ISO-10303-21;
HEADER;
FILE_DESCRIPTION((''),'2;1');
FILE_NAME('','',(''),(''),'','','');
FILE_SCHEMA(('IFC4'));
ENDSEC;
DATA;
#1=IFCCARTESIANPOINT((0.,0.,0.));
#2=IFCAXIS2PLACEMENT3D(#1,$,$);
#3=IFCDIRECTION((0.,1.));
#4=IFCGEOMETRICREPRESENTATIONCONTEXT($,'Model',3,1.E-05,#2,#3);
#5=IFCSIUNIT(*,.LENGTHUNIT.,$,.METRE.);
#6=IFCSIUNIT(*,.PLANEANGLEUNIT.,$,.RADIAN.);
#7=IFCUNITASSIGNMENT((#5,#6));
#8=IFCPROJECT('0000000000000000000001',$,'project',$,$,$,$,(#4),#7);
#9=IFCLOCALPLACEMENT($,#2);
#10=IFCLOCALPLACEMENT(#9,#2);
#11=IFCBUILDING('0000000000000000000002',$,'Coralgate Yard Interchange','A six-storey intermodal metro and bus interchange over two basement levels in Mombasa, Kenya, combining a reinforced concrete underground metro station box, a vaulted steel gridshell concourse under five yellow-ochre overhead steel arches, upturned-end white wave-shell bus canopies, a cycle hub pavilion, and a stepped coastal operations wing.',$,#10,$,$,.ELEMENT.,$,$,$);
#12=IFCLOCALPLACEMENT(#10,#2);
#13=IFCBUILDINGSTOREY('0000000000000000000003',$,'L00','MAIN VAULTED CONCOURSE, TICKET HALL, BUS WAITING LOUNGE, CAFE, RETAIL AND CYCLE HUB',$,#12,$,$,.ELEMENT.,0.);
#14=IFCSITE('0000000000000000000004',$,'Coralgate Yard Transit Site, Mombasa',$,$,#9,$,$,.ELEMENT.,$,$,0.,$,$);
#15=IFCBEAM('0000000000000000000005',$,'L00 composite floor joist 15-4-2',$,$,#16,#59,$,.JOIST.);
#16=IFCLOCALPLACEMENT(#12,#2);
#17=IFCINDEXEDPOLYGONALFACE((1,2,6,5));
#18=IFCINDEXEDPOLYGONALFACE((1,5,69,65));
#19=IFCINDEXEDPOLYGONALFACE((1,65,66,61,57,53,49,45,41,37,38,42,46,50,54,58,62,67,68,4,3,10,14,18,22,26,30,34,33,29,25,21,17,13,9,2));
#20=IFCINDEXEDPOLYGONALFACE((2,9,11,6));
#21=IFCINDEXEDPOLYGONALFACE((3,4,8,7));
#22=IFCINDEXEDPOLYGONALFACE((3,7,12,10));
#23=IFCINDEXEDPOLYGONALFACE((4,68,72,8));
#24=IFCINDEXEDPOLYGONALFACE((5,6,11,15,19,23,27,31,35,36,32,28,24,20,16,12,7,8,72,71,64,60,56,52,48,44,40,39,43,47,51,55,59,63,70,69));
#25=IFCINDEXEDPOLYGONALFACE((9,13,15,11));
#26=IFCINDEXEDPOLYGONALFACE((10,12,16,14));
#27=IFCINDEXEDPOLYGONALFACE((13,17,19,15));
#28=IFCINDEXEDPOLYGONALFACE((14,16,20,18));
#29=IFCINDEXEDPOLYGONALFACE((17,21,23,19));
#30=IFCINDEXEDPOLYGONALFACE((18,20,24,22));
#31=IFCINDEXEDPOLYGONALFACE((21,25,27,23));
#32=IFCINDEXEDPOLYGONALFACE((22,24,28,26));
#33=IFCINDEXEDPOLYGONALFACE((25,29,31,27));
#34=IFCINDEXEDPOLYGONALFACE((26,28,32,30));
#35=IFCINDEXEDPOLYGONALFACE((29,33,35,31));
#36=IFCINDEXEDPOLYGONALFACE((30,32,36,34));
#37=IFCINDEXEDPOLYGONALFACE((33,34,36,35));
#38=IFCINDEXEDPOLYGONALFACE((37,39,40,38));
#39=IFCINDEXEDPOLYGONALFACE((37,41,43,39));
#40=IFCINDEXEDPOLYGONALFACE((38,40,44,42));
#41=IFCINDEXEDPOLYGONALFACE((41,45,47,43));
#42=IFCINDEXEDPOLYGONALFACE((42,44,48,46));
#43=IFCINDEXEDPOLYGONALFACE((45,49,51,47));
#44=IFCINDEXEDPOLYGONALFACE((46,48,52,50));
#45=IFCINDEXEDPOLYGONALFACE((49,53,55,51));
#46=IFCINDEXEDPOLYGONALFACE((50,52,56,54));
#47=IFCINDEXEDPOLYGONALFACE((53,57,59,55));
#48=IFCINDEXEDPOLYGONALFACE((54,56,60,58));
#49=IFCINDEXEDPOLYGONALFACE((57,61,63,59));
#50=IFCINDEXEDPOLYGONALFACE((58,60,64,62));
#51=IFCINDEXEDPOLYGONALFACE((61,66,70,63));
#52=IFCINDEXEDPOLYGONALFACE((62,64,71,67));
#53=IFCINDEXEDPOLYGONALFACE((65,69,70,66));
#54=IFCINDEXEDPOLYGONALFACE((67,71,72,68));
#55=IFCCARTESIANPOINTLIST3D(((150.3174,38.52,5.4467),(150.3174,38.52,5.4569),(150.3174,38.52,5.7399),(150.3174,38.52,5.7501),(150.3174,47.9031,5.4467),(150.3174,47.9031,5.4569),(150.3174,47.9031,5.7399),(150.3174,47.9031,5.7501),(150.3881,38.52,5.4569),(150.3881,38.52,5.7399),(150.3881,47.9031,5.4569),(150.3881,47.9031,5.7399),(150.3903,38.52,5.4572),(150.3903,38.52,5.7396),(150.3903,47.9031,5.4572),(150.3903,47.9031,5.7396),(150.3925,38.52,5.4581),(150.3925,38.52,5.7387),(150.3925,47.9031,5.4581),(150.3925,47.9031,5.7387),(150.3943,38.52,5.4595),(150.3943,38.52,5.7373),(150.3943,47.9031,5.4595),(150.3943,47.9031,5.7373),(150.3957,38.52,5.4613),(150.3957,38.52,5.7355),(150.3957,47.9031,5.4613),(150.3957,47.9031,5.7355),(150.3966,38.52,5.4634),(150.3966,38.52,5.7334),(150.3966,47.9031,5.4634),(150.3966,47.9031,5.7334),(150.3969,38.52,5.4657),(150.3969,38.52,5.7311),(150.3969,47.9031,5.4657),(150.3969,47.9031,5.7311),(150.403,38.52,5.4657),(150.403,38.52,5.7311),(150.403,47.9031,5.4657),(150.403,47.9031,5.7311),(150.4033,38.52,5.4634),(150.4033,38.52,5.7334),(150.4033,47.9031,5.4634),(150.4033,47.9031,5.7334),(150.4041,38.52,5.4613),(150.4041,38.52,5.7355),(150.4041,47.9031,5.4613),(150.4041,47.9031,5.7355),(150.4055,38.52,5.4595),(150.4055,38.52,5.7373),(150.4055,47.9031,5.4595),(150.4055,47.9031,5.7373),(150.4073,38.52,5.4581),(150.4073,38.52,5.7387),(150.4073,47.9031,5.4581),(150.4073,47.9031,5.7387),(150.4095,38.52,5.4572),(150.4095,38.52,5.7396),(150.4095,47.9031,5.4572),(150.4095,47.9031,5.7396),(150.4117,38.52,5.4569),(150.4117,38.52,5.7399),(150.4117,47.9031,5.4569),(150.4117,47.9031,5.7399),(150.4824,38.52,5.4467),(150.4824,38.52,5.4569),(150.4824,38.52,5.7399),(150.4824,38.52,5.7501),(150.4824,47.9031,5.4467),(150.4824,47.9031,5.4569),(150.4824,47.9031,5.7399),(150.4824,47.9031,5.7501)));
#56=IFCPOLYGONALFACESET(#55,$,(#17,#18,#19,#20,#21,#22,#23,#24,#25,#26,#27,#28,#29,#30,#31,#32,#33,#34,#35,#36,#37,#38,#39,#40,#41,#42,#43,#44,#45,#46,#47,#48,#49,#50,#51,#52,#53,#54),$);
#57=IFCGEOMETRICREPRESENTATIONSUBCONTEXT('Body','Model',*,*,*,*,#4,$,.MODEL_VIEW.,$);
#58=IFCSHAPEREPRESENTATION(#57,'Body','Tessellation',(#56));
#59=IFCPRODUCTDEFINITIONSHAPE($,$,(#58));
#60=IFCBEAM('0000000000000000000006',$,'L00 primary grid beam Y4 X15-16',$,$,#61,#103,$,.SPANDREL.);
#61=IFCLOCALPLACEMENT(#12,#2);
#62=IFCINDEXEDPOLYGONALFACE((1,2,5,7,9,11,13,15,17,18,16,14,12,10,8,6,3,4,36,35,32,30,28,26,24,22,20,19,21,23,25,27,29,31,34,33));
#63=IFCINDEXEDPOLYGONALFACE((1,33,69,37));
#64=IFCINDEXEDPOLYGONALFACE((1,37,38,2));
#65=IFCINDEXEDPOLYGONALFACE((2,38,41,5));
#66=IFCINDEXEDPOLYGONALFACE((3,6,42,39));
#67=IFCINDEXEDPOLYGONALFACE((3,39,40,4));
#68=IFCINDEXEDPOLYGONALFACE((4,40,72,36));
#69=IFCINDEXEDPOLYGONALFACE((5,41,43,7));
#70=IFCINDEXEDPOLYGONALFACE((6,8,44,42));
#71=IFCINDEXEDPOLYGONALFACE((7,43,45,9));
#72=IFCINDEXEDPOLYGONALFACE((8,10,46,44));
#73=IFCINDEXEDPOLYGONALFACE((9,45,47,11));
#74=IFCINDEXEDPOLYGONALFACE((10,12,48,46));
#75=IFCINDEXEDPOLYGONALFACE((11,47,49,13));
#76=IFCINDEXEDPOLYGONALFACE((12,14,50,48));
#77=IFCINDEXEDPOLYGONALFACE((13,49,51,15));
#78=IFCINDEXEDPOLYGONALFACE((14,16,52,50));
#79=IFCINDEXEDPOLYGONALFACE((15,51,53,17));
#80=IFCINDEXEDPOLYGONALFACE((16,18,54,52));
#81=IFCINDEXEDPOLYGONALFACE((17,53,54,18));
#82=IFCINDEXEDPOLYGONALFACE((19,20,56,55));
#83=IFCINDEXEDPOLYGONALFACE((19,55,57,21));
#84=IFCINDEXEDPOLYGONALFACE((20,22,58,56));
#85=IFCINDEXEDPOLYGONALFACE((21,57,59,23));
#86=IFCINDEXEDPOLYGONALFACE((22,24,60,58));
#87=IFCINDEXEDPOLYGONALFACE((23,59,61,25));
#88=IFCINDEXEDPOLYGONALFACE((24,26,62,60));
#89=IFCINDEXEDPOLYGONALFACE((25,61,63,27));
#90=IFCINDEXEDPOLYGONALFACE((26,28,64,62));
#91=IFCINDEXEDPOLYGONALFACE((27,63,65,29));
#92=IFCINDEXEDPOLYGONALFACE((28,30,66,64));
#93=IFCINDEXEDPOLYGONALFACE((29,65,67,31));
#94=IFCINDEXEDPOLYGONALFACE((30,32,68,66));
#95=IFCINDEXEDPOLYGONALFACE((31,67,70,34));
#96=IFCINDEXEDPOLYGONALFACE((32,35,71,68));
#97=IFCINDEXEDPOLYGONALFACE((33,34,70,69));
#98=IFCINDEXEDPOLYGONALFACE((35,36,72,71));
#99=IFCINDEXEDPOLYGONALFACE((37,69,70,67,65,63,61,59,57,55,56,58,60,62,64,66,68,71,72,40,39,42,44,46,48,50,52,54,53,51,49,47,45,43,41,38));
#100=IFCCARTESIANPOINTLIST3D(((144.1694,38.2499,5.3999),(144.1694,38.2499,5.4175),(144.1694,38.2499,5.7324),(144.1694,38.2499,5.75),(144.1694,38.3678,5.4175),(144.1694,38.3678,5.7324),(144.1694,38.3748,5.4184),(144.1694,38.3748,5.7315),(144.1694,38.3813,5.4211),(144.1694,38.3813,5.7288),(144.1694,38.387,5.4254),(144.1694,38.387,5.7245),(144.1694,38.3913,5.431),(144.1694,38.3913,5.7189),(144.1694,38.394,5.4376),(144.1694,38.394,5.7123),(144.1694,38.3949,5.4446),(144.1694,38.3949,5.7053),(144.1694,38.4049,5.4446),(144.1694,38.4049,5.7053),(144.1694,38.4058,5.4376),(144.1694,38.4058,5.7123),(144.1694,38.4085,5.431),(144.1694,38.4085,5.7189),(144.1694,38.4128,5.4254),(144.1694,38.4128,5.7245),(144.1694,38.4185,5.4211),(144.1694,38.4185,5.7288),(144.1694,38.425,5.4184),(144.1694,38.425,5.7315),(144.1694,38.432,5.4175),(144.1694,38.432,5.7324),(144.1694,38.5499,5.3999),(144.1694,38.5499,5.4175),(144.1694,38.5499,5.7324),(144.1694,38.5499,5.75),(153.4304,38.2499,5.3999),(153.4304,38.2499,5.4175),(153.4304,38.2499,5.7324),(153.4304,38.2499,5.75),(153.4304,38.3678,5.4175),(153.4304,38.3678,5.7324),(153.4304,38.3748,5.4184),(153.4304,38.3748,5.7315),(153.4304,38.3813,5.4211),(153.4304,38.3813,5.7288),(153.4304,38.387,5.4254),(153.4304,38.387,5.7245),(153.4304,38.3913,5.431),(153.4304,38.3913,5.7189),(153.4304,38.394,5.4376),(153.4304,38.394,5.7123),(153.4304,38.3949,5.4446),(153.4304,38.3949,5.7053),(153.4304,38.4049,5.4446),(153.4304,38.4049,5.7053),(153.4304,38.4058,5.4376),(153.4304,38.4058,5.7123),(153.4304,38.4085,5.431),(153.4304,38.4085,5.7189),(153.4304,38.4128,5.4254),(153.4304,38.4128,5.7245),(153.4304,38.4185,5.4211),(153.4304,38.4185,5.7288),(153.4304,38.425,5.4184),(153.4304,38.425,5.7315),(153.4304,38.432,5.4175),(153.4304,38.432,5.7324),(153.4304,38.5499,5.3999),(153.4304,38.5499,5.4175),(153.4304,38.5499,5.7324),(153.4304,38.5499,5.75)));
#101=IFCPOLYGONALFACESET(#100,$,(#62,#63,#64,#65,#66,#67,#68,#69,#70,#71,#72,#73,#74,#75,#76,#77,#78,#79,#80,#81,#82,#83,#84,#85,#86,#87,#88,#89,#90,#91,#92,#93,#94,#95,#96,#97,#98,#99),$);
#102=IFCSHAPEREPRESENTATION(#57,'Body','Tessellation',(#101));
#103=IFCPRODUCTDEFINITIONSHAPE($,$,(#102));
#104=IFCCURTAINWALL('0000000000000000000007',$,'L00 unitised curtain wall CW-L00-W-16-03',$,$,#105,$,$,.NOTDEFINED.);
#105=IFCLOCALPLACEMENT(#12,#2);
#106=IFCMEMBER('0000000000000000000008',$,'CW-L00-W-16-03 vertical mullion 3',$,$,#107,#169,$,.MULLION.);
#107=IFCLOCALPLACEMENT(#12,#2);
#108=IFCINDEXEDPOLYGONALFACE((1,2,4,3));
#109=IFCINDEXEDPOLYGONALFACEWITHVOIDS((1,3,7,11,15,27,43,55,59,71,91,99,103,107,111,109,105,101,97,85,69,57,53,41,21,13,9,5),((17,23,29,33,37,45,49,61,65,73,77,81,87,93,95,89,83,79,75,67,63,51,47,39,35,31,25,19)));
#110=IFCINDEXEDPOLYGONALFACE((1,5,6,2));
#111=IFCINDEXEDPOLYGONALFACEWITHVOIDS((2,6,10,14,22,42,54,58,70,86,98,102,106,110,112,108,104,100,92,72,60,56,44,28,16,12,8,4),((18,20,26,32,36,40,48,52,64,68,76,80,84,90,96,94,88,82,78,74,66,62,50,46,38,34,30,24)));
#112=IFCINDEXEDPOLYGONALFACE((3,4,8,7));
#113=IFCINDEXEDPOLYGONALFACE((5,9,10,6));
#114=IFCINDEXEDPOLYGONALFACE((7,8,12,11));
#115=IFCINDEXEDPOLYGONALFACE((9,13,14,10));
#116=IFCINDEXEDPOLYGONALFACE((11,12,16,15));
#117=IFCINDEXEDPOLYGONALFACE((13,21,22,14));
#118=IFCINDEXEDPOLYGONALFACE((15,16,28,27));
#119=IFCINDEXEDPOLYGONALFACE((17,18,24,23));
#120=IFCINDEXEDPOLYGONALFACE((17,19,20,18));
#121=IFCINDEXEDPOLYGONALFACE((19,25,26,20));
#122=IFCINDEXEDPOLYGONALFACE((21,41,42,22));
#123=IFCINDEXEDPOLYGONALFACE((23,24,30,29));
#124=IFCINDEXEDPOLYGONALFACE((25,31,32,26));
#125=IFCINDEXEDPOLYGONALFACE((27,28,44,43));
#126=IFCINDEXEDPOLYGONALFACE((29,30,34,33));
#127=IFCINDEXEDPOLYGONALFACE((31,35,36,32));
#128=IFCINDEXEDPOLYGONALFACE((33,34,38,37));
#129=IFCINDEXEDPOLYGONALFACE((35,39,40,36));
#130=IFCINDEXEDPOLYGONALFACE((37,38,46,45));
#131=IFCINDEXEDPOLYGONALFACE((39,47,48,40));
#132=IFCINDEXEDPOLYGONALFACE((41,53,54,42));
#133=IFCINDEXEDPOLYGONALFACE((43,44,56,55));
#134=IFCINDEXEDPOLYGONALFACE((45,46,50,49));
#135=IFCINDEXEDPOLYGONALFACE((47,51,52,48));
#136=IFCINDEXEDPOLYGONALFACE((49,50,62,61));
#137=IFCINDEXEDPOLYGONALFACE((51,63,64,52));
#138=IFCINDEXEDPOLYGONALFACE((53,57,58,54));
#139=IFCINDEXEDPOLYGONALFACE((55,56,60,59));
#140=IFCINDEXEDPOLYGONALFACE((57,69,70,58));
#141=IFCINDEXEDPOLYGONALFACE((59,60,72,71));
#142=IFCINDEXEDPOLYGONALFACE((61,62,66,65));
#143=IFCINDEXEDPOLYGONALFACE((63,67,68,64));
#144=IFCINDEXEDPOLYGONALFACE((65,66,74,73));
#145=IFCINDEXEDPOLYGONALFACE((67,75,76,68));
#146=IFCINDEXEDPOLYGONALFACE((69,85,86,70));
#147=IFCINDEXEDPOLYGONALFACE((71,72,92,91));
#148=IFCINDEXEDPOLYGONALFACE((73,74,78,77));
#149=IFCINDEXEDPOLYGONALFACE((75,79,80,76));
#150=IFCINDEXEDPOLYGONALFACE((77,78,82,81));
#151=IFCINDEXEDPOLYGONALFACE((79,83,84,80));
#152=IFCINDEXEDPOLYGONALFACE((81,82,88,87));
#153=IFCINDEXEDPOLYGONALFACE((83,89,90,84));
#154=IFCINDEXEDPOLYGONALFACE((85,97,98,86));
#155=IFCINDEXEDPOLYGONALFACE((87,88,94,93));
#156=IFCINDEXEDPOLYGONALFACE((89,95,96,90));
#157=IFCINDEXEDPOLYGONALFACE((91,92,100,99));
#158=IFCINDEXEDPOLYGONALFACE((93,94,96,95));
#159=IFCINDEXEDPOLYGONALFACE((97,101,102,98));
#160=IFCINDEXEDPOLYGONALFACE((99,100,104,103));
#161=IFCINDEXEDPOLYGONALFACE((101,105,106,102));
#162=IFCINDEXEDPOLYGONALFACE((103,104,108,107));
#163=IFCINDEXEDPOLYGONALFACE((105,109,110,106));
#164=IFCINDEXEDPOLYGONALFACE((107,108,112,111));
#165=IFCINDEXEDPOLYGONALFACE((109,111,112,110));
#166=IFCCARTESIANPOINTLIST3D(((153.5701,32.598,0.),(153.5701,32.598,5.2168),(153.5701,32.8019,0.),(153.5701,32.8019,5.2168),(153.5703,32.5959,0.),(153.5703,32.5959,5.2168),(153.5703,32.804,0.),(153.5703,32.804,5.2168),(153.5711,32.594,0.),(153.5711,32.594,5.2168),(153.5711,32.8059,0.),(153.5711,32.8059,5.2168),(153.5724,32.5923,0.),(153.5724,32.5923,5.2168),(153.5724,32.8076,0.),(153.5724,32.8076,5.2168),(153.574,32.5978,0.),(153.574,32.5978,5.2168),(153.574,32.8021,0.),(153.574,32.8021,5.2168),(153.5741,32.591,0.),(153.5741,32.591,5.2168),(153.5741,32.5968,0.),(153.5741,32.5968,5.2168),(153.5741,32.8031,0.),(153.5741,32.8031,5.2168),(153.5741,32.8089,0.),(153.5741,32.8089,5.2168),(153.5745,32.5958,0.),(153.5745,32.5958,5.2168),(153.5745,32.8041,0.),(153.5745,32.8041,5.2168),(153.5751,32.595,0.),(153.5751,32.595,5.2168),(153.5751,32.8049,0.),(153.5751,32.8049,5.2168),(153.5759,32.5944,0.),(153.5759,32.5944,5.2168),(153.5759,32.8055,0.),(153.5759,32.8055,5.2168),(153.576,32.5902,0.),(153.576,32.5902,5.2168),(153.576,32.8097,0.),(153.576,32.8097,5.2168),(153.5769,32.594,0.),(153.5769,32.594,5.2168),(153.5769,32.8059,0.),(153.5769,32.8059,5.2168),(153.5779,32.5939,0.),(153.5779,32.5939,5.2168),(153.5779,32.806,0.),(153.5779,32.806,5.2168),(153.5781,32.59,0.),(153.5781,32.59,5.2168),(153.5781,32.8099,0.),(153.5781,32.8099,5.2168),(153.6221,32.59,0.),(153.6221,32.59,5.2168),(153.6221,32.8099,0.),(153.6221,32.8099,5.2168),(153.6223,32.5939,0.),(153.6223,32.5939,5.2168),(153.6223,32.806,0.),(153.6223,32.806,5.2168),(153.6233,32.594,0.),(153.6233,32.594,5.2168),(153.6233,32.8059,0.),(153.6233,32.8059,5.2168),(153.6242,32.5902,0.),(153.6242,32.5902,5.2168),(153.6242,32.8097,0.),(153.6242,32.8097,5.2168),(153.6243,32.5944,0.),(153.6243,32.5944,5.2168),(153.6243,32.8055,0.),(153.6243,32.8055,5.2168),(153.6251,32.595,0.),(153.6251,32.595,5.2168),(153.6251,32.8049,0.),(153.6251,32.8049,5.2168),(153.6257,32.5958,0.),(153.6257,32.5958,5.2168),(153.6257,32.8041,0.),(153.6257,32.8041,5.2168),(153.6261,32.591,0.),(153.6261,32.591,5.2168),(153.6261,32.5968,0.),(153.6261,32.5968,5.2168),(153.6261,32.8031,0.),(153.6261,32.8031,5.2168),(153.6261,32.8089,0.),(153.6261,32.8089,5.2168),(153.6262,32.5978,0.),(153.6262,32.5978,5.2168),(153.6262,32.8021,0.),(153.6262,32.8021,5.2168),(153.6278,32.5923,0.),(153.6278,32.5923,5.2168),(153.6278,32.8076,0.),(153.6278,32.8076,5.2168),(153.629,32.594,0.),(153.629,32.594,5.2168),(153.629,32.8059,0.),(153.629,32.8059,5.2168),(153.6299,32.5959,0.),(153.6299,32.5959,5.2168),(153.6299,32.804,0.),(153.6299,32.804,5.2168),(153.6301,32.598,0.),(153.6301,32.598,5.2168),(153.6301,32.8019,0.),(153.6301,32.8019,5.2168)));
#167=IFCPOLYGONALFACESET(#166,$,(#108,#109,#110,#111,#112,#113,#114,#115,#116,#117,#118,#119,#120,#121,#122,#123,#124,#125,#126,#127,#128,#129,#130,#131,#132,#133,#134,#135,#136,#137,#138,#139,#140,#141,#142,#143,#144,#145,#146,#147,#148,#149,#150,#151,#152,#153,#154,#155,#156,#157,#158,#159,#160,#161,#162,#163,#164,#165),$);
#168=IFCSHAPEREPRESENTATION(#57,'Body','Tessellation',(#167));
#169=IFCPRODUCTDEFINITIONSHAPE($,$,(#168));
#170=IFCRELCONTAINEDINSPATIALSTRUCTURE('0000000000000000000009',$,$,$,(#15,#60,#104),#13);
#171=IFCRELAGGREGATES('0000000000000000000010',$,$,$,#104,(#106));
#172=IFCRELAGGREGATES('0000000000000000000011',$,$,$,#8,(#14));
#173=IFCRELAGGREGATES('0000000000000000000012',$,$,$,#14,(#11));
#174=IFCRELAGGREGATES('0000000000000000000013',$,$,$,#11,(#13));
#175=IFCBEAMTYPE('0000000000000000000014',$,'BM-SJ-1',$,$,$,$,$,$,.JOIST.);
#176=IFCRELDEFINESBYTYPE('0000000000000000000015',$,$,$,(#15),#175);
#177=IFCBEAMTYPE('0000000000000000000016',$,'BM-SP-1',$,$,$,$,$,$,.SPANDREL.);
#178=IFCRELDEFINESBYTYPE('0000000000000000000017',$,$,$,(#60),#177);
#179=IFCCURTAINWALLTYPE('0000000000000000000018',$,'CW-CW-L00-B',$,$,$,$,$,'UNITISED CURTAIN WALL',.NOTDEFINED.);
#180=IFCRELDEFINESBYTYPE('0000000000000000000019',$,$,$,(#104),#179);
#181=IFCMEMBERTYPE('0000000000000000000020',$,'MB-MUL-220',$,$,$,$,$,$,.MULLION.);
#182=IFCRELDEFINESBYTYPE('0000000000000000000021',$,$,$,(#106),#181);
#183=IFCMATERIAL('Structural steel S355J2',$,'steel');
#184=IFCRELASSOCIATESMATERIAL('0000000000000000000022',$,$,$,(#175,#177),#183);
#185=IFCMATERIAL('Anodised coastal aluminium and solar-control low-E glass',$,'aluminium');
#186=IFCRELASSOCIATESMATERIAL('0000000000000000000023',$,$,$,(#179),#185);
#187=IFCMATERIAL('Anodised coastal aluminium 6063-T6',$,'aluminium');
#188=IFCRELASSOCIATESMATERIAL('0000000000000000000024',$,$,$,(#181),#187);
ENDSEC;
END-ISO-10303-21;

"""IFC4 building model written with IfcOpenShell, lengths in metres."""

from ifc_helpers import new_model, si_unit, direction, frame, origin, origin_2d, place, context, subcontext, project, spatial, hollow_rectangle, i_section, extrude, material, material_profile, profile_set, type_object, element, aggregate, save


model = new_model("IFC4")

# Units and contexts
model_context = context("Model", 3, precision=1e-05, world=origin(), true_north=direction((0.0, 1.0)))
body_context = subcontext(model_context, "Body", "Model", "MODEL_VIEW")
ifc_project = project(units=[si_unit("LENGTHUNIT", "METRE"), si_unit("PLANEANGLEUNIT", "RADIAN")], contexts=[model_context])

# Site, building, storey
site_placement = place(None, origin())
site = spatial("IfcSite", under=ifc_project, at=site_placement, Name="Coralgate Yard Transit Site, Mombasa", CompositionType="ELEMENT", RefElevation=0.0)
building_placement = place(site_placement, origin())
building = spatial("IfcBuilding", under=site, at=building_placement, Name="Coralgate Yard Interchange", Description="A six-storey intermodal metro and bus interchange over two basement levels in Mombasa, Kenya, combining a reinforced concrete underground metro station box, a vaulted steel gridshell concourse under five yellow-ochre overhead steel arches, upturned-end white wave-shell bus canopies, a cycle hub pavilion, and a stepped coastal operations wing.", CompositionType="ELEMENT")
storey_placement = place(building_placement, origin())
storey = spatial("IfcBuildingStorey", under=building, at=storey_placement, Name="L00", Description="MAIN VAULTED CONCOURSE, TICKET HALL, BUS WAITING LOUNGE, CAFE, RETAIL AND CYCLE HUB", CompositionType="ELEMENT", Elevation=0.0)

# Shared definitions
ifc_material_1 = material(Name="Structural steel S355J2", Category="steel")

# Beams
ifc_material_profile_1 = material_profile(ifc_material_1, i_section(OverallWidth=0.165, OverallDepth=0.3035, WebThickness=0.0061, FlangeThickness=0.0103, FilletRadius=0.0088, at=origin_2d()), Name="UB 305x165x40")
ifc_profile_set_1 = profile_set([ifc_material_profile_1], Name="Structural steel S355J2")
beam_type_1 = type_object("IfcBeamType", Name="BM-SJ-1", PredefinedType="JOIST", material=ifc_profile_set_1)
for number, where, z_axis, x_axis, name in (
    (1, (150.3999, 38.52, 5.5984), (0.0, 1.0, 0.0), (-1.0, 0.0, 0.0), "L00 composite floor joist 15-4-2"),
):
    element("IfcBeam", number, at=place(storey_placement, frame(where, z_axis=z_axis, x_axis=x_axis)), inside=storey, type_object=beam_type_1, Name=name, PredefinedType="JOIST", context=body_context, shape_type="SweptSolid", body=[
        extrude(i_section(OverallWidth=0.165, OverallDepth=0.3035, WebThickness=0.0061, FlangeThickness=0.0103, FilletRadius=0.0088, at=origin_2d()), origin(), (0.0, 0.0, 1.0), 9.3831),
    ])
ifc_material_profile_2 = material_profile(ifc_material_1, i_section(OverallWidth=0.3, OverallDepth=0.3501, WebThickness=0.01, FlangeThickness=0.0176, FilletRadius=0.0271, at=origin_2d()), Name="HEA 360")
ifc_profile_set_2 = profile_set([ifc_material_profile_2], Name="Structural steel S355J2")
beam_type_2 = type_object("IfcBeamType", Name="BM-SP-1", PredefinedType="SPANDREL", material=ifc_profile_set_2)
beam_1_placement = place(storey_placement, frame((144.1694, 38.3999, 5.575), z_axis=(1.0, 0.0, 0.0), x_axis=(0.0, 1.0, 0.0)))
element("IfcBeam", 2, at=beam_1_placement, inside=storey, type_object=beam_type_2, Name="L00 primary grid beam Y4 X15-16", PredefinedType="SPANDREL", context=body_context, shape_type="SweptSolid", body=[
    extrude(i_section(OverallWidth=0.3, OverallDepth=0.3501, WebThickness=0.01, FlangeThickness=0.0176, FilletRadius=0.0271, at=origin_2d()), origin(), (0.0, 0.0, 1.0), 9.261),
])

# Curtain wall, member
ifc_material_2 = material(Name="Anodised coastal aluminium and solar-control low-E glass", Category="aluminium")
curtain_wall_type = type_object("IfcCurtainWallType", Name="CW-CW-L00-B", ElementType="UNITISED CURTAIN WALL", PredefinedType="NOTDEFINED", material=ifc_material_2)
curtain_wall_placement = place(storey_placement, origin())
curtain_wall = element("IfcCurtainWall", 3, at=curtain_wall_placement, inside=storey, type_object=curtain_wall_type, Name="L00 unitised curtain wall CW-L00-W-16-03", PredefinedType="NOTDEFINED")
ifc_material_3 = material(Name="Anodised coastal aluminium 6063-T6", Category="aluminium")
ifc_material_profile_3 = material_profile(ifc_material_3, hollow_rectangle(XDim=0.0601, YDim=0.22, WallThickness=0.0039, InnerFilletRadius=0.0039, OuterFilletRadius=0.0081, at=origin_2d()), Name="ALU 60x220x4")
ifc_profile_set_3 = profile_set([ifc_material_profile_3], Name="Anodised coastal aluminium 6063-T6")
member_type_1 = type_object("IfcMemberType", Name="MB-MUL-220", PredefinedType="MULLION", material=ifc_profile_set_3)
member_1_placement = place(storey_placement, frame((153.6001, 32.7, 0.0), z_axis=(0.0, 0.0, 1.0), x_axis=(1.0, 0.0, 0.0)))
member_1 = element("IfcMember", 4, at=member_1_placement, type_object=member_type_1, Name="CW-L00-W-16-03 vertical mullion 3", PredefinedType="MULLION", context=body_context, shape_type="SweptSolid", body=[
    extrude(hollow_rectangle(XDim=0.0601, YDim=0.22, WallThickness=0.0039, InnerFilletRadius=0.0039, OuterFilletRadius=0.0081, at=origin_2d()), origin(), (0.0, 0.0, 1.0), 5.2168),
])
aggregate(curtain_wall, [member_1])

save(model, "model.ifc")
